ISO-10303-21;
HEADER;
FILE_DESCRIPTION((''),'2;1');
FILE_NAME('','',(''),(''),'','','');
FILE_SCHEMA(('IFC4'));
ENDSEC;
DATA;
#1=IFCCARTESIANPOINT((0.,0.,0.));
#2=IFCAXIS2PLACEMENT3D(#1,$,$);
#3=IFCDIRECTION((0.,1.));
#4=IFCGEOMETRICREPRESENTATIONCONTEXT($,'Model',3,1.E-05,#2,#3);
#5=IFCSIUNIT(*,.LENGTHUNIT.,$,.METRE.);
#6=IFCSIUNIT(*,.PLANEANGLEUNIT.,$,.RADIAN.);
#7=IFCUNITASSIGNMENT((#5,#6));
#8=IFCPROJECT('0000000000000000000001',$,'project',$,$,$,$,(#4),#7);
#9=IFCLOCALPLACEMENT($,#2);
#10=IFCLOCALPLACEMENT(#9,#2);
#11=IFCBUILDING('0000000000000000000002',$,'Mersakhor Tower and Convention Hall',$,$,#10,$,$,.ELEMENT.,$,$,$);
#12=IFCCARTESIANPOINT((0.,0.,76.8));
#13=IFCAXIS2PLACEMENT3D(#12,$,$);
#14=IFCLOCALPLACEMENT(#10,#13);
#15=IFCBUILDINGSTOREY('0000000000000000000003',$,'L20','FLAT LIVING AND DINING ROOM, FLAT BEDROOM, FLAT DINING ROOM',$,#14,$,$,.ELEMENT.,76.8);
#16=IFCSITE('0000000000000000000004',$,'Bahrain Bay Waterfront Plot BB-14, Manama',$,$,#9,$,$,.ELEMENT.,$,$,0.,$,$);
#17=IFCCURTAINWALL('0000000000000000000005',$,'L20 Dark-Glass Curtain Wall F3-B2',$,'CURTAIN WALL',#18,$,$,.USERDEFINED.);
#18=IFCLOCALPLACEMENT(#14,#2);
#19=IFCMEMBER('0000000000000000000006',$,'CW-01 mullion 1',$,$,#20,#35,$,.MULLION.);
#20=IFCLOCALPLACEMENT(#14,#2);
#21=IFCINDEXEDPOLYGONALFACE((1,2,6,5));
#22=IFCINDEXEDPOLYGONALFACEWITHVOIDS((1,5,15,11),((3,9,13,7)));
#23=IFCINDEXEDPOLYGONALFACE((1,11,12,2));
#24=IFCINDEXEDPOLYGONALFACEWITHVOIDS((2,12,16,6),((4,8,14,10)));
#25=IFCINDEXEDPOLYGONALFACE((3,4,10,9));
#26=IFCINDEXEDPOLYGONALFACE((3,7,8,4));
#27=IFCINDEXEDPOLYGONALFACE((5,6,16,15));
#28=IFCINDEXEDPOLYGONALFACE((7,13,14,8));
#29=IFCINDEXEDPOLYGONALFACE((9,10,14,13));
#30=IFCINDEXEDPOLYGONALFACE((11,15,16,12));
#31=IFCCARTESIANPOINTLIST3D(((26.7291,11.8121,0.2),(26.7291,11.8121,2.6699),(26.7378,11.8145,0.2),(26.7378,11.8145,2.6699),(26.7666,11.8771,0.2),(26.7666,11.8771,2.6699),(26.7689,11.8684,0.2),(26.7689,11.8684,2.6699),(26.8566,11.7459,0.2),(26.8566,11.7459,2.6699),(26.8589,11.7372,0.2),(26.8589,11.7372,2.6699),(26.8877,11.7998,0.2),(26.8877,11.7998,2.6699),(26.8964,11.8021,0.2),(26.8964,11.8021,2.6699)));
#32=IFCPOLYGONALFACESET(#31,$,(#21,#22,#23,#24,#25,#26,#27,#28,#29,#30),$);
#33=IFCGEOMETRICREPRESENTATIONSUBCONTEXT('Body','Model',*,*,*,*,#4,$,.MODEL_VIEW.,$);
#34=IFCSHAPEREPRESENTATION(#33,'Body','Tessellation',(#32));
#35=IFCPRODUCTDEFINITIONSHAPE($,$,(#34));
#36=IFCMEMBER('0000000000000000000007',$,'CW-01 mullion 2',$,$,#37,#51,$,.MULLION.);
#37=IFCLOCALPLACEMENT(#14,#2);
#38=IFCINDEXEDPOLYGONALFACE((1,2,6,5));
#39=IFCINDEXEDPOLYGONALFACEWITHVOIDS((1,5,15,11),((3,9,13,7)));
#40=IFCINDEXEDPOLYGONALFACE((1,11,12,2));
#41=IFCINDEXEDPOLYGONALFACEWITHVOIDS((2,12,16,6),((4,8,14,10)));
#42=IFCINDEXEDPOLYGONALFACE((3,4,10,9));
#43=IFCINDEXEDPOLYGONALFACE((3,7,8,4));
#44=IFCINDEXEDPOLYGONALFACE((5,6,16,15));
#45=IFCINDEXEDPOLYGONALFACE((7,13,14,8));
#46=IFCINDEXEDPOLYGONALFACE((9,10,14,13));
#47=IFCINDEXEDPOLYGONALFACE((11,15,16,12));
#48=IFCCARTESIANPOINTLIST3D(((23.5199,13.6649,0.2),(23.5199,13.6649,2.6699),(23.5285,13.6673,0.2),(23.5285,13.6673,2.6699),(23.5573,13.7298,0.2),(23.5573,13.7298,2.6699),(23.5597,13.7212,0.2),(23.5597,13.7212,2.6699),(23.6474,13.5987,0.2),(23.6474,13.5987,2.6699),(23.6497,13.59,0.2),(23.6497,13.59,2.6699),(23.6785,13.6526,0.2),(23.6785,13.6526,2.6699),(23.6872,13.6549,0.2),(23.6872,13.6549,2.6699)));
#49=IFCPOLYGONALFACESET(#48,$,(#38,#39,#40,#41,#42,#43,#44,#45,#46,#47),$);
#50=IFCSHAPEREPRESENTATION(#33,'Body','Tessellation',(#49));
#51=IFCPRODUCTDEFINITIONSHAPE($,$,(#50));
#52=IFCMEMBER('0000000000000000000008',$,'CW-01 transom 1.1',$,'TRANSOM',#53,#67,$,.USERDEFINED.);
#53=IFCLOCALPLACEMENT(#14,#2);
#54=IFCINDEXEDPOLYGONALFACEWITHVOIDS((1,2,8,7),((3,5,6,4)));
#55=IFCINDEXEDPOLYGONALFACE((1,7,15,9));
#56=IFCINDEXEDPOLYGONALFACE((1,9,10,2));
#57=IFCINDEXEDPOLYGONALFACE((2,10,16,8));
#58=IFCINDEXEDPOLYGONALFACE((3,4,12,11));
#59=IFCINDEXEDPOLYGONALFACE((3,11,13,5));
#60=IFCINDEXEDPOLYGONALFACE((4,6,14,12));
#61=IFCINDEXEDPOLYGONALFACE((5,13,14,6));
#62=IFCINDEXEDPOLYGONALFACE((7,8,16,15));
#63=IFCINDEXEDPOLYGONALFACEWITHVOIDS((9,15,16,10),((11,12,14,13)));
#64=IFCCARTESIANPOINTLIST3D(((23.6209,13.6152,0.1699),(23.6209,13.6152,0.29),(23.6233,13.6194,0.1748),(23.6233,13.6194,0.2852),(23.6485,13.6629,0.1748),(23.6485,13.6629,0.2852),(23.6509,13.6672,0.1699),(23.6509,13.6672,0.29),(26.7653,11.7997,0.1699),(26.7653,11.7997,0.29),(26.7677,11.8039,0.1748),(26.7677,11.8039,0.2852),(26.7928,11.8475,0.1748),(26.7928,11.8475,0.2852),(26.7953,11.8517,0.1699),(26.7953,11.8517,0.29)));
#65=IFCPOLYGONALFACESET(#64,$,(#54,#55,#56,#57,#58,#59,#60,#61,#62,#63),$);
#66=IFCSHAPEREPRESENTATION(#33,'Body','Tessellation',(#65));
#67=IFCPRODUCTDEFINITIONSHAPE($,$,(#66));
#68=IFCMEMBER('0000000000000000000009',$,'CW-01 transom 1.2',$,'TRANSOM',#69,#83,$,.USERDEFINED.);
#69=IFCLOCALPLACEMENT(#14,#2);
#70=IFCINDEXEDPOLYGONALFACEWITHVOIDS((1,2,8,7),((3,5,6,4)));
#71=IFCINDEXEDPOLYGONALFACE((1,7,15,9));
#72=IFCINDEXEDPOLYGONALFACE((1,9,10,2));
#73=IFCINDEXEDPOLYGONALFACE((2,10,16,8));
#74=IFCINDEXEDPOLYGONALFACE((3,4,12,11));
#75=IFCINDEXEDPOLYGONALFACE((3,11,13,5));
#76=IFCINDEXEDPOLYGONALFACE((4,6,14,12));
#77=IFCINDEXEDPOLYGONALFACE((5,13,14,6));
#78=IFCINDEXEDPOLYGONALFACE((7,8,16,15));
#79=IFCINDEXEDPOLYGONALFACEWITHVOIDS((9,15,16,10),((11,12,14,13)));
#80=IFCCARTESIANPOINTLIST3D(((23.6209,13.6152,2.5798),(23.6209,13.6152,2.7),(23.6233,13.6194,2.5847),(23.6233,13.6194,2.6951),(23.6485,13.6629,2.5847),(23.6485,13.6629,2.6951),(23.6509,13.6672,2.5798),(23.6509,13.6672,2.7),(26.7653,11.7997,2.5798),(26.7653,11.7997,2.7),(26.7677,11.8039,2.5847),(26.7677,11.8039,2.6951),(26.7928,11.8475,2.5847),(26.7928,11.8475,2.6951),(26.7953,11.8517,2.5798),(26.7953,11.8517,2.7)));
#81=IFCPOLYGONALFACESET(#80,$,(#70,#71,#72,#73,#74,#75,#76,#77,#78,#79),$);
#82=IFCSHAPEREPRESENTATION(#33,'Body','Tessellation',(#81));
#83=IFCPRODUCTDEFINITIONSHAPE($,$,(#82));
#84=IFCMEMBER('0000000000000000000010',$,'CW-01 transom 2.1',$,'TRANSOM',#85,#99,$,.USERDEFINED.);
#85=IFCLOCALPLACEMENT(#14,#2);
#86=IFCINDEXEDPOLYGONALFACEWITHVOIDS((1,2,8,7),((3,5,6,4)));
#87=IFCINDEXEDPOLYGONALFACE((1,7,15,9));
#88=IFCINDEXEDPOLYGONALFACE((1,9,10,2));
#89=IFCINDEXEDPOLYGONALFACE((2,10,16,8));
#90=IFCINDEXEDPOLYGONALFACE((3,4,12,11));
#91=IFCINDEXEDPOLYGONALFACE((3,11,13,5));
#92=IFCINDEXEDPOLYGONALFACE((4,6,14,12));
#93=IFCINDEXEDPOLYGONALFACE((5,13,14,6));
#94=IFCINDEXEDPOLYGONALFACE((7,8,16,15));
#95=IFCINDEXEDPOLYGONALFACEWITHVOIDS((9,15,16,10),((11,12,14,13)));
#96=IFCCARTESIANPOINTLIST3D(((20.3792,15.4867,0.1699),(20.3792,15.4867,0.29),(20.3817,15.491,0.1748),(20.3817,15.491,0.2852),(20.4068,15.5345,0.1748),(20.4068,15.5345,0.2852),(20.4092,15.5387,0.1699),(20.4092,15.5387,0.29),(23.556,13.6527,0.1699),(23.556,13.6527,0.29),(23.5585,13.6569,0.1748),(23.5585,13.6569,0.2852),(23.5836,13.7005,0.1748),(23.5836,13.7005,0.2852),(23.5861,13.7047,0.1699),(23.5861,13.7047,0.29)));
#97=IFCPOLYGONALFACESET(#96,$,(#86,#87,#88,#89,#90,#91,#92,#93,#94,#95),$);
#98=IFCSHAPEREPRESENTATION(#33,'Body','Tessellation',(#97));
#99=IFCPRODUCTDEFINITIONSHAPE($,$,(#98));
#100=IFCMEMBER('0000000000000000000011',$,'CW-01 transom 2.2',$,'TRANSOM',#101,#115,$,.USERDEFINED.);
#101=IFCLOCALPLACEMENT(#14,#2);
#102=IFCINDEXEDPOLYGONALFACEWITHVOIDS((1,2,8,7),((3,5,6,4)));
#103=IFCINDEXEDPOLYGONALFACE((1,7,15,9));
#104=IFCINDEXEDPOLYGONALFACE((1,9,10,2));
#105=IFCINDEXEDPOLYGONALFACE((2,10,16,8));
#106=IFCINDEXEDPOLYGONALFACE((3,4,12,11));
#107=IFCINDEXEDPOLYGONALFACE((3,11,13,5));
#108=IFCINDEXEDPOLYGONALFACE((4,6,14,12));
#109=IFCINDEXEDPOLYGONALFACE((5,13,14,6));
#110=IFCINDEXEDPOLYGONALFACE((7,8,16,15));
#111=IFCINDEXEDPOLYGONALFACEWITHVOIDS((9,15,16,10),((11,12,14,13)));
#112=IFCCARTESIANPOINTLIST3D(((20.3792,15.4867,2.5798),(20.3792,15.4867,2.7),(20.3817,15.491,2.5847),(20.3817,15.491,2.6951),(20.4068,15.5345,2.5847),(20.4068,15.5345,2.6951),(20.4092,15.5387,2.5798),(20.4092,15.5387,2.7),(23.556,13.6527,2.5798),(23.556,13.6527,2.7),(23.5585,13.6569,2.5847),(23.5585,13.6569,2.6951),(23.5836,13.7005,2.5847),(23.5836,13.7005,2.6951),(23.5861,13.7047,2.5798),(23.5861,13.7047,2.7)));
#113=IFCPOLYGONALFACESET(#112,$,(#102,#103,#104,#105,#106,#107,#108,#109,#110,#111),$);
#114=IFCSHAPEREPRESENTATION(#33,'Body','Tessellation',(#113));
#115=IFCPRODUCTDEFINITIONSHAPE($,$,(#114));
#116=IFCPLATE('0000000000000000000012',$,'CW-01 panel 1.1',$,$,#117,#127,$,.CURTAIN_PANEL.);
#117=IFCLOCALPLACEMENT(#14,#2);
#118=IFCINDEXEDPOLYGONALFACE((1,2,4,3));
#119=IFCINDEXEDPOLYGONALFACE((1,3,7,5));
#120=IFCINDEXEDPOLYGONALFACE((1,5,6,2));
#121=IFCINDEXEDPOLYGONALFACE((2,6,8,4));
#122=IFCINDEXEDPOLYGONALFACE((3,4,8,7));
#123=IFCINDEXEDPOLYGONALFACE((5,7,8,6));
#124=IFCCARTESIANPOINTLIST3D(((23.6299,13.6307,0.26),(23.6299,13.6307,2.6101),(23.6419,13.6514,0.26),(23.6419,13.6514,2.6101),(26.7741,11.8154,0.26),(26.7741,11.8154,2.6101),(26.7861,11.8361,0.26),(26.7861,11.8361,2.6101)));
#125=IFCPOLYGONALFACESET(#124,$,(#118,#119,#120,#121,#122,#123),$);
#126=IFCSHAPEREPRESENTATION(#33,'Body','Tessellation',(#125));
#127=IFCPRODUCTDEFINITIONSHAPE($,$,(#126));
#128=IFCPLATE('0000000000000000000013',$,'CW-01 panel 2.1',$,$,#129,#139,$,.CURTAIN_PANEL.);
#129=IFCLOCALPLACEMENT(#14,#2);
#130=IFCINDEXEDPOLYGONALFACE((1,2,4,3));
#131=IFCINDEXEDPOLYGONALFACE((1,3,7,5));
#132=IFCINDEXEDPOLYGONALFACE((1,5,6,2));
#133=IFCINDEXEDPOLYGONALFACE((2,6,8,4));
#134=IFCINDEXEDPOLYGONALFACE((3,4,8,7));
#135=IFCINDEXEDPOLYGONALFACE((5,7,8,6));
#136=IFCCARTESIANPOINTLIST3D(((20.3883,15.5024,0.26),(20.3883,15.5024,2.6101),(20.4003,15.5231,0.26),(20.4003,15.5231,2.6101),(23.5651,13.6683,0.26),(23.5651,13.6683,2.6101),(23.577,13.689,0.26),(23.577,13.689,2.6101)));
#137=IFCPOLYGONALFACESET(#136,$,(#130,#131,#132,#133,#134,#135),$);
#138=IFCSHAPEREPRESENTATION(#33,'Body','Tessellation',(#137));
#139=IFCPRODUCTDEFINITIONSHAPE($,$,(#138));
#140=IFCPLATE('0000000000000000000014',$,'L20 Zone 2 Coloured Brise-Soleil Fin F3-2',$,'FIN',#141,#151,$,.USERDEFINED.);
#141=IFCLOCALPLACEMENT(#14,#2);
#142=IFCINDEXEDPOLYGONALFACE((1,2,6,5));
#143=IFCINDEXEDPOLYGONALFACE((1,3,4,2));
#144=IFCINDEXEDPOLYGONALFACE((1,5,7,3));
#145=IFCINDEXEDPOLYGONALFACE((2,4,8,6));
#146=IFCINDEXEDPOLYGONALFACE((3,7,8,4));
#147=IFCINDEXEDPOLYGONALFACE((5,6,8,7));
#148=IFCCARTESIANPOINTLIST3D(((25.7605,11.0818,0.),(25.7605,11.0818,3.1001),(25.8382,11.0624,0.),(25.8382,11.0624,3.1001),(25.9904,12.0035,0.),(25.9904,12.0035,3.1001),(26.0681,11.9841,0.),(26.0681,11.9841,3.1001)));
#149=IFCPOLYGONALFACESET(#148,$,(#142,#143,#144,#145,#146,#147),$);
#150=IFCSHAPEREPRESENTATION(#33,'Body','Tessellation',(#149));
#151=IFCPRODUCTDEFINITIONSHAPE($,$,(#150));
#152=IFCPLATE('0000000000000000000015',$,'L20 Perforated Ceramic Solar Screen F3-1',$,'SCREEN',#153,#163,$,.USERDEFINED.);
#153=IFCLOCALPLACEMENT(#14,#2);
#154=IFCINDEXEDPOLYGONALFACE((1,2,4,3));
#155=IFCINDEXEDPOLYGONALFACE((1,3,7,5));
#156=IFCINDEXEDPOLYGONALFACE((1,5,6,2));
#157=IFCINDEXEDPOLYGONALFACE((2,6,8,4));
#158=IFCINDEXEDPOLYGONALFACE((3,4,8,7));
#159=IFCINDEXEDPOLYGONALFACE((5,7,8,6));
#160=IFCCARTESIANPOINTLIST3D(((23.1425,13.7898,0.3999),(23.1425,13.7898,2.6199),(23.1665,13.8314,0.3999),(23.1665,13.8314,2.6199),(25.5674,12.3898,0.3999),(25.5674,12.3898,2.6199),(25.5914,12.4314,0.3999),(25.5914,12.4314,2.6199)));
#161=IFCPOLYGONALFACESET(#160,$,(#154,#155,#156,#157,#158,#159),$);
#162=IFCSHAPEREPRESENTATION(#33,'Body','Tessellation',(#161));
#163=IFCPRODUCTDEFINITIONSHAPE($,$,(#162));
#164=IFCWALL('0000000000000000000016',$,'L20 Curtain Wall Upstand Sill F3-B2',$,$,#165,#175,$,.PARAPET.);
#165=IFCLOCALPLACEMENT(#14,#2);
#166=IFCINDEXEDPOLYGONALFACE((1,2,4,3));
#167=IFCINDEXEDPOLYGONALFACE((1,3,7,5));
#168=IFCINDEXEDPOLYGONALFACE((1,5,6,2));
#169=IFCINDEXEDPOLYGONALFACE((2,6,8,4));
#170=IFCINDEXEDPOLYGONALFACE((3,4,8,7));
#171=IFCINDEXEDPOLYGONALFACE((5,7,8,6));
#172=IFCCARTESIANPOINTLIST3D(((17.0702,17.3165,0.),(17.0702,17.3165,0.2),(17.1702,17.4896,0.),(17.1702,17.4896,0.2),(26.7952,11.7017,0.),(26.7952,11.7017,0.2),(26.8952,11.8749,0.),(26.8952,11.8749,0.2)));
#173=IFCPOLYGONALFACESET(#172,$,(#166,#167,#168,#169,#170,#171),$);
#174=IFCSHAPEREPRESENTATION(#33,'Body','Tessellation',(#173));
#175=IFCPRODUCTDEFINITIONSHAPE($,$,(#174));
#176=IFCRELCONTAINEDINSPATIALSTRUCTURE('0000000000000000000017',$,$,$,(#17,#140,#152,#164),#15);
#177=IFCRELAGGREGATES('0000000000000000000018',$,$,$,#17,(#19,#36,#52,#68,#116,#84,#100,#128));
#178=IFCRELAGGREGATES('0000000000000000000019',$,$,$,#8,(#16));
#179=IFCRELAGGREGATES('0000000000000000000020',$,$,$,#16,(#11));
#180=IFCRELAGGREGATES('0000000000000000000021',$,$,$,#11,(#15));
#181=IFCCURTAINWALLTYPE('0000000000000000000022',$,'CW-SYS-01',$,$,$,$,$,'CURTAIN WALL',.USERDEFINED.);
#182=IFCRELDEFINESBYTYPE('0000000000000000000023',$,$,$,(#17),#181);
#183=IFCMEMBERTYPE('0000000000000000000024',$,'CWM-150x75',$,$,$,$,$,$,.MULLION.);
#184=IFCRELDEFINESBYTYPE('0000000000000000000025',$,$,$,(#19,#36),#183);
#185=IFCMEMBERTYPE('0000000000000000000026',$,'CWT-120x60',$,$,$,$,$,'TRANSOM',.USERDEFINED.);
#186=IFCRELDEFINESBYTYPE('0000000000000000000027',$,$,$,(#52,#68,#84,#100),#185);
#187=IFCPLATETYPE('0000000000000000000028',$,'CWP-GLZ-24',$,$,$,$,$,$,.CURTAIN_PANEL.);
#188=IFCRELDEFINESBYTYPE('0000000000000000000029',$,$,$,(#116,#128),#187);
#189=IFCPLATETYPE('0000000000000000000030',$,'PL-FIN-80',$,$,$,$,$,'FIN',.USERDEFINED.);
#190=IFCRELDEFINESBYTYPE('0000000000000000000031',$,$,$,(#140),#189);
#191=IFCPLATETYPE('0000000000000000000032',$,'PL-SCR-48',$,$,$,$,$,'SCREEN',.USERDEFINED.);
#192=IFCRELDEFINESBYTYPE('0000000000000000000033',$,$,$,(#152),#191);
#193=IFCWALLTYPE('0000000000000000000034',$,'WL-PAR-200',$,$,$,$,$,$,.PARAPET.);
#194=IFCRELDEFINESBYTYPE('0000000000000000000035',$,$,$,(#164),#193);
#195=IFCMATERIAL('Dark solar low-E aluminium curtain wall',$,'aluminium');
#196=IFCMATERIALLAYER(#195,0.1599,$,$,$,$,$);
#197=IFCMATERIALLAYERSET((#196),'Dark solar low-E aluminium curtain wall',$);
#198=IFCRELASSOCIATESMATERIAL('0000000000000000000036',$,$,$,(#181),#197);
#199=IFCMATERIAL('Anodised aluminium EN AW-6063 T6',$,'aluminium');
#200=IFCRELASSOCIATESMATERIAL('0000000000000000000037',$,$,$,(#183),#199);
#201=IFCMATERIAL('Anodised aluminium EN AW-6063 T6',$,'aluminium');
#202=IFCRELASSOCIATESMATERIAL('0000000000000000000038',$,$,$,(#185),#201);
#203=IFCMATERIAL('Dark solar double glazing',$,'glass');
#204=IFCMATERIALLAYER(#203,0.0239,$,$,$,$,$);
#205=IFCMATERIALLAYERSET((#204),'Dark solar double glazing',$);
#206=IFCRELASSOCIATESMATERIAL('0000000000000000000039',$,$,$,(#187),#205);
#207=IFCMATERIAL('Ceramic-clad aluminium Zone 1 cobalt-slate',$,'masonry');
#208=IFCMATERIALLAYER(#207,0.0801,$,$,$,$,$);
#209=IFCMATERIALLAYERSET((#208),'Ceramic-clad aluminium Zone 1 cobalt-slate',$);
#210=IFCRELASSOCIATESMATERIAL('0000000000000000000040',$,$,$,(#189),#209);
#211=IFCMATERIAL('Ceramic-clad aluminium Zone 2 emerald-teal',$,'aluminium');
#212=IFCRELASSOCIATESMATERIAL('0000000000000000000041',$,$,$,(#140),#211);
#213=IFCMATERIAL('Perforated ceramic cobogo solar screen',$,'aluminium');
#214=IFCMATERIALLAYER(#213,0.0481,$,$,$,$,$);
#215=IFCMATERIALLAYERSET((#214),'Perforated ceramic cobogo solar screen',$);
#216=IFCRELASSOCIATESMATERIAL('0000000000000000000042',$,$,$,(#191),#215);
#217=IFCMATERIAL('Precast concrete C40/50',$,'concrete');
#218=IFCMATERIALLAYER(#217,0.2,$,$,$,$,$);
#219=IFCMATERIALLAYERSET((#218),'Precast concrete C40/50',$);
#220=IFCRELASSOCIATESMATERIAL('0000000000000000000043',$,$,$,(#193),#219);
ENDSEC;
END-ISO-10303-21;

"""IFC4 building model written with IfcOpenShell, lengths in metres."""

from ifc_helpers import new_model, si_unit, direction, frame, frame_2d, origin, origin_2d, place, context, subcontext, project, spatial, rectangle, hollow_rectangle, extrude, material, layer, layer_set, material_profile, profile_set, type_object, element, aggregate, save


model = new_model("IFC4")

# Units and contexts
model_context = context("Model", 3, precision=1e-05, world=origin(), true_north=direction((0.0, 1.0)))
body_context = subcontext(model_context, "Body", "Model", "MODEL_VIEW")
ifc_project = project(units=[si_unit("LENGTHUNIT", "METRE"), si_unit("PLANEANGLEUNIT", "RADIAN")], contexts=[model_context])

# Site, building, storey
site_placement = place(None, origin())
site = spatial("IfcSite", under=ifc_project, at=site_placement, Name="Bahrain Bay Waterfront Plot BB-14, Manama", CompositionType="ELEMENT", RefElevation=0.0)
building_placement = place(site_placement, origin())
building = spatial("IfcBuilding", under=site, at=building_placement, Name="Mersakhor Tower and Convention Hall", CompositionType="ELEMENT")
storey_placement = place(building_placement, frame((0.0, 0.0, 76.8)))
storey = spatial("IfcBuildingStorey", under=building, at=storey_placement, Name="L20", Description="FLAT LIVING AND DINING ROOM, FLAT BEDROOM, FLAT DINING ROOM", CompositionType="ELEMENT", Elevation=76.8)

# Curtain wall, members, plates
ifc_material_1 = material(Name="Dark solar low-E aluminium curtain wall", Category="aluminium")
ifc_layer_1 = layer(ifc_material_1, 0.1599)
ifc_layer_set_1 = layer_set([ifc_layer_1], Name="Dark solar low-E aluminium curtain wall")
curtain_wall_type = type_object("IfcCurtainWallType", Name="CW-SYS-01", ElementType="CURTAIN WALL", PredefinedType="USERDEFINED", material=ifc_layer_set_1)
curtain_wall_placement = place(storey_placement, origin())
curtain_wall = element("IfcCurtainWall", 1, at=curtain_wall_placement, inside=storey, type_object=curtain_wall_type, Name="L20 Dark-Glass Curtain Wall F3-B2", ObjectType="CURTAIN WALL", PredefinedType="USERDEFINED")
ifc_material_2 = material(Name="Anodised aluminium EN AW-6063 T6", Category="aluminium")
ifc_material_profile_1 = material_profile(ifc_material_2, hollow_rectangle(XDim=0.075, YDim=0.1499, WallThickness=0.0063, at=origin_2d()), Name="RHS 150x75x6.3")
ifc_profile_set_1 = profile_set([ifc_material_profile_1], Name="Anodised aluminium EN AW-6063 T6")
member_type_1 = type_object("IfcMemberType", Name="CWM-150x75", PredefinedType="MULLION", material=ifc_profile_set_1)
member_1_placement = place(storey_placement, frame((26.8127, 11.8071, 0.2), z_axis=(0.0, 0.0, 1.0), x_axis=(-0.499998, -0.866027, 0.0)))
member_1 = element("IfcMember", 2, at=member_1_placement, type_object=member_type_1, Name="CW-01 mullion 1", PredefinedType="MULLION", context=body_context, shape_type="SweptSolid", body=[
    extrude(hollow_rectangle(XDim=0.075, YDim=0.1499, WallThickness=0.0063, at=origin_2d()), origin(), (0.0, 0.0, 1.0), 2.47),
])
member_2_placement = place(storey_placement, frame((23.6035, 13.6599, 0.2), z_axis=(0.0, 0.0, 1.0), x_axis=(-0.499998, -0.866027, 0.0)))
member_2 = element("IfcMember", 3, at=member_2_placement, type_object=member_type_1, Name="CW-01 mullion 2", PredefinedType="MULLION", context=body_context, shape_type="SweptSolid", body=[
    extrude(hollow_rectangle(XDim=0.075, YDim=0.1499, WallThickness=0.0063, at=origin_2d()), origin(), (0.0, 0.0, 1.0), 2.47),
])
ifc_material_3 = material(Name="Anodised aluminium EN AW-6063 T6", Category="aluminium")
ifc_material_profile_2 = material_profile(ifc_material_3, hollow_rectangle(XDim=0.0601, YDim=0.1201, WallThickness=0.0049, at=origin_2d()), Name="RHS 120x60x5")
ifc_profile_set_2 = profile_set([ifc_material_profile_2], Name="Anodised aluminium EN AW-6063 T6")
member_type_2 = type_object("IfcMemberType", Name="CWT-120x60", ElementType="TRANSOM", PredefinedType="USERDEFINED", material=ifc_profile_set_2)
member_3_placement = place(storey_placement, frame((26.7803, 11.8257, 0.23), z_axis=(-0.866016, 0.500015, 0.0), x_axis=(-0.500015, -0.866016, 0.0)))
member_3 = element("IfcMember", 4, at=member_3_placement, type_object=member_type_2, Name="CW-01 transom 1.1", ObjectType="TRANSOM", PredefinedType="USERDEFINED", context=body_context, shape_type="SweptSolid", body=[
    extrude(hollow_rectangle(XDim=0.0601, YDim=0.1201, WallThickness=0.0049, at=origin_2d()), origin(), (0.0, 0.0, 1.0), 3.6309),
])
member_4_placement = place(storey_placement, frame((26.7803, 11.8257, 2.6399), z_axis=(-0.866016, 0.500015, 0.0), x_axis=(-0.500015, -0.866016, 0.0)))
member_4 = element("IfcMember", 5, at=member_4_placement, type_object=member_type_2, Name="CW-01 transom 1.2", ObjectType="TRANSOM", PredefinedType="USERDEFINED", context=body_context, shape_type="SweptSolid", body=[
    extrude(hollow_rectangle(XDim=0.0601, YDim=0.1201, WallThickness=0.0049, at=origin_2d()), origin(), (0.0, 0.0, 1.0), 3.6309),
])
member_5_placement = place(storey_placement, frame((23.571, 13.6787, 0.23), z_axis=(-0.866039, 0.499976, 0.0), x_axis=(-0.499976, -0.866039, 0.0)))
member_5 = element("IfcMember", 6, at=member_5_placement, type_object=member_type_2, Name="CW-01 transom 2.1", ObjectType="TRANSOM", PredefinedType="USERDEFINED", context=body_context, shape_type="SweptSolid", body=[
    extrude(hollow_rectangle(XDim=0.0601, YDim=0.1201, WallThickness=0.0049, at=origin_2d()), origin(), (0.0, 0.0, 1.0), 3.6682),
])
member_6_placement = place(storey_placement, frame((23.571, 13.6787, 2.6399), z_axis=(-0.866039, 0.499976, 0.0), x_axis=(-0.499976, -0.866039, 0.0)))
member_6 = element("IfcMember", 7, at=member_6_placement, type_object=member_type_2, Name="CW-01 transom 2.2", ObjectType="TRANSOM", PredefinedType="USERDEFINED", context=body_context, shape_type="SweptSolid", body=[
    extrude(hollow_rectangle(XDim=0.0601, YDim=0.1201, WallThickness=0.0049, at=origin_2d()), origin(), (0.0, 0.0, 1.0), 3.6682),
])
ifc_material_4 = material(Name="Dark solar double glazing", Category="glass")
ifc_layer_2 = layer(ifc_material_4, 0.0239)
ifc_layer_set_2 = layer_set([ifc_layer_2], Name="Dark solar double glazing")
plate_type_1 = type_object("IfcPlateType", Name="CWP-GLZ-24", PredefinedType="CURTAIN_PANEL", material=ifc_layer_set_2)
plate_1_placement = place(storey_placement, frame((25.208, 12.7334, 0.26), z_axis=(0.0, 0.0, 1.0), x_axis=(-0.866027, 0.499998, 0.0)))
plate_1 = element("IfcPlate", 8, at=plate_1_placement, type_object=plate_type_1, Name="CW-01 panel 1.1", PredefinedType="CURTAIN_PANEL", context=body_context, shape_type="SweptSolid", body=[
    extrude(rectangle(XDim=3.6306, YDim=0.0239, at=origin_2d()), origin(), (0.0, 0.0, 1.0), 2.3501),
])
plate_2_placement = place(storey_placement, frame((21.9827, 14.5957, 0.26), z_axis=(0.0, 0.0, 1.0), x_axis=(-0.866027, 0.499998, 0.0)))
plate_2 = element("IfcPlate", 9, at=plate_2_placement, type_object=plate_type_1, Name="CW-01 panel 2.1", PredefinedType="CURTAIN_PANEL", context=body_context, shape_type="SweptSolid", body=[
    extrude(rectangle(XDim=3.6682, YDim=0.0239, at=origin_2d()), origin(), (0.0, 0.0, 1.0), 2.3501),
])
aggregate(curtain_wall, [member_1, member_2, member_3, member_4, plate_1, member_5, member_6, plate_2])

# Plates
ifc_material_5 = material(Name="Ceramic-clad aluminium Zone 2 emerald-teal", Category="aluminium")
ifc_material_6 = material(Name="Ceramic-clad aluminium Zone 1 cobalt-slate", Category="masonry")
ifc_layer_3 = layer(ifc_material_6, 0.0801)
ifc_layer_set_3 = layer_set([ifc_layer_3], Name="Ceramic-clad aluminium Zone 1 cobalt-slate")
plate_type_2 = type_object("IfcPlateType", Name="PL-FIN-80", ElementType="FIN", PredefinedType="USERDEFINED", material=ifc_layer_set_3)
plate_3_placement = place(storey_placement, frame((25.9143, 11.533, 0.0), z_axis=(0.0, 0.0, 1.0), x_axis=(-0.241922, -0.970296, 0.0)))
element("IfcPlate", 10, at=plate_3_placement, inside=storey, type_object=plate_type_2, material=ifc_material_5, Name="L20 Zone 2 Coloured Brise-Soleil Fin F3-2", ObjectType="FIN", PredefinedType="USERDEFINED", context=body_context, shape_type="SweptSolid", body=[
    extrude(rectangle(XDim=0.95, YDim=0.0801, at=origin_2d()), origin(), (0.0, 0.0, 1.0), 3.1001),
])
ifc_material_7 = material(Name="Perforated ceramic cobogo solar screen", Category="aluminium")
ifc_layer_4 = layer(ifc_material_7, 0.0481)
ifc_layer_set_4 = layer_set([ifc_layer_4], Name="Perforated ceramic cobogo solar screen")
plate_type_3 = type_object("IfcPlateType", Name="PL-SCR-48", ElementType="SCREEN", PredefinedType="USERDEFINED", material=ifc_layer_set_4)
plate_4_placement = place(storey_placement, frame((24.3669, 13.1106, 0.3999), z_axis=(0.0, 0.0, 1.0), x_axis=(-0.866025, 0.5, 0.0)))
element("IfcPlate", 11, at=plate_4_placement, inside=storey, type_object=plate_type_3, Name="L20 Perforated Ceramic Solar Screen F3-1", ObjectType="SCREEN", PredefinedType="USERDEFINED", context=body_context, shape_type="SweptSolid", body=[
    extrude(rectangle(XDim=2.8, YDim=0.0481, at=origin_2d()), origin(), (0.0, 0.0, 1.0), 2.22),
])

# Wall
ifc_material_8 = material(Name="Precast concrete C40/50", Category="concrete")
ifc_layer_5 = layer(ifc_material_8, 0.2)
ifc_layer_set_5 = layer_set([ifc_layer_5], Name="Precast concrete C40/50")
wall_type_1 = type_object("IfcWallType", Name="WL-PAR-200", PredefinedType="PARAPET", material=ifc_layer_set_5)
wall_1_placement = place(storey_placement, frame((26.8452, 11.7883, 0.0), z_axis=(0.0, 0.0, 1.0), x_axis=(-0.866027, 0.499997, 0.0)))
element("IfcWall", 12, at=wall_1_placement, inside=storey, type_object=wall_type_1, Name="L20 Curtain Wall Upstand Sill F3-B2", PredefinedType="PARAPET", context=body_context, shape_type="SweptSolid", body=[
    extrude(rectangle(XDim=11.2295, YDim=0.2, at=frame_2d((5.6147, 0.0))), origin(), (0.0, 0.0, 1.0), 0.2),
])

save(model, "model.ifc")
